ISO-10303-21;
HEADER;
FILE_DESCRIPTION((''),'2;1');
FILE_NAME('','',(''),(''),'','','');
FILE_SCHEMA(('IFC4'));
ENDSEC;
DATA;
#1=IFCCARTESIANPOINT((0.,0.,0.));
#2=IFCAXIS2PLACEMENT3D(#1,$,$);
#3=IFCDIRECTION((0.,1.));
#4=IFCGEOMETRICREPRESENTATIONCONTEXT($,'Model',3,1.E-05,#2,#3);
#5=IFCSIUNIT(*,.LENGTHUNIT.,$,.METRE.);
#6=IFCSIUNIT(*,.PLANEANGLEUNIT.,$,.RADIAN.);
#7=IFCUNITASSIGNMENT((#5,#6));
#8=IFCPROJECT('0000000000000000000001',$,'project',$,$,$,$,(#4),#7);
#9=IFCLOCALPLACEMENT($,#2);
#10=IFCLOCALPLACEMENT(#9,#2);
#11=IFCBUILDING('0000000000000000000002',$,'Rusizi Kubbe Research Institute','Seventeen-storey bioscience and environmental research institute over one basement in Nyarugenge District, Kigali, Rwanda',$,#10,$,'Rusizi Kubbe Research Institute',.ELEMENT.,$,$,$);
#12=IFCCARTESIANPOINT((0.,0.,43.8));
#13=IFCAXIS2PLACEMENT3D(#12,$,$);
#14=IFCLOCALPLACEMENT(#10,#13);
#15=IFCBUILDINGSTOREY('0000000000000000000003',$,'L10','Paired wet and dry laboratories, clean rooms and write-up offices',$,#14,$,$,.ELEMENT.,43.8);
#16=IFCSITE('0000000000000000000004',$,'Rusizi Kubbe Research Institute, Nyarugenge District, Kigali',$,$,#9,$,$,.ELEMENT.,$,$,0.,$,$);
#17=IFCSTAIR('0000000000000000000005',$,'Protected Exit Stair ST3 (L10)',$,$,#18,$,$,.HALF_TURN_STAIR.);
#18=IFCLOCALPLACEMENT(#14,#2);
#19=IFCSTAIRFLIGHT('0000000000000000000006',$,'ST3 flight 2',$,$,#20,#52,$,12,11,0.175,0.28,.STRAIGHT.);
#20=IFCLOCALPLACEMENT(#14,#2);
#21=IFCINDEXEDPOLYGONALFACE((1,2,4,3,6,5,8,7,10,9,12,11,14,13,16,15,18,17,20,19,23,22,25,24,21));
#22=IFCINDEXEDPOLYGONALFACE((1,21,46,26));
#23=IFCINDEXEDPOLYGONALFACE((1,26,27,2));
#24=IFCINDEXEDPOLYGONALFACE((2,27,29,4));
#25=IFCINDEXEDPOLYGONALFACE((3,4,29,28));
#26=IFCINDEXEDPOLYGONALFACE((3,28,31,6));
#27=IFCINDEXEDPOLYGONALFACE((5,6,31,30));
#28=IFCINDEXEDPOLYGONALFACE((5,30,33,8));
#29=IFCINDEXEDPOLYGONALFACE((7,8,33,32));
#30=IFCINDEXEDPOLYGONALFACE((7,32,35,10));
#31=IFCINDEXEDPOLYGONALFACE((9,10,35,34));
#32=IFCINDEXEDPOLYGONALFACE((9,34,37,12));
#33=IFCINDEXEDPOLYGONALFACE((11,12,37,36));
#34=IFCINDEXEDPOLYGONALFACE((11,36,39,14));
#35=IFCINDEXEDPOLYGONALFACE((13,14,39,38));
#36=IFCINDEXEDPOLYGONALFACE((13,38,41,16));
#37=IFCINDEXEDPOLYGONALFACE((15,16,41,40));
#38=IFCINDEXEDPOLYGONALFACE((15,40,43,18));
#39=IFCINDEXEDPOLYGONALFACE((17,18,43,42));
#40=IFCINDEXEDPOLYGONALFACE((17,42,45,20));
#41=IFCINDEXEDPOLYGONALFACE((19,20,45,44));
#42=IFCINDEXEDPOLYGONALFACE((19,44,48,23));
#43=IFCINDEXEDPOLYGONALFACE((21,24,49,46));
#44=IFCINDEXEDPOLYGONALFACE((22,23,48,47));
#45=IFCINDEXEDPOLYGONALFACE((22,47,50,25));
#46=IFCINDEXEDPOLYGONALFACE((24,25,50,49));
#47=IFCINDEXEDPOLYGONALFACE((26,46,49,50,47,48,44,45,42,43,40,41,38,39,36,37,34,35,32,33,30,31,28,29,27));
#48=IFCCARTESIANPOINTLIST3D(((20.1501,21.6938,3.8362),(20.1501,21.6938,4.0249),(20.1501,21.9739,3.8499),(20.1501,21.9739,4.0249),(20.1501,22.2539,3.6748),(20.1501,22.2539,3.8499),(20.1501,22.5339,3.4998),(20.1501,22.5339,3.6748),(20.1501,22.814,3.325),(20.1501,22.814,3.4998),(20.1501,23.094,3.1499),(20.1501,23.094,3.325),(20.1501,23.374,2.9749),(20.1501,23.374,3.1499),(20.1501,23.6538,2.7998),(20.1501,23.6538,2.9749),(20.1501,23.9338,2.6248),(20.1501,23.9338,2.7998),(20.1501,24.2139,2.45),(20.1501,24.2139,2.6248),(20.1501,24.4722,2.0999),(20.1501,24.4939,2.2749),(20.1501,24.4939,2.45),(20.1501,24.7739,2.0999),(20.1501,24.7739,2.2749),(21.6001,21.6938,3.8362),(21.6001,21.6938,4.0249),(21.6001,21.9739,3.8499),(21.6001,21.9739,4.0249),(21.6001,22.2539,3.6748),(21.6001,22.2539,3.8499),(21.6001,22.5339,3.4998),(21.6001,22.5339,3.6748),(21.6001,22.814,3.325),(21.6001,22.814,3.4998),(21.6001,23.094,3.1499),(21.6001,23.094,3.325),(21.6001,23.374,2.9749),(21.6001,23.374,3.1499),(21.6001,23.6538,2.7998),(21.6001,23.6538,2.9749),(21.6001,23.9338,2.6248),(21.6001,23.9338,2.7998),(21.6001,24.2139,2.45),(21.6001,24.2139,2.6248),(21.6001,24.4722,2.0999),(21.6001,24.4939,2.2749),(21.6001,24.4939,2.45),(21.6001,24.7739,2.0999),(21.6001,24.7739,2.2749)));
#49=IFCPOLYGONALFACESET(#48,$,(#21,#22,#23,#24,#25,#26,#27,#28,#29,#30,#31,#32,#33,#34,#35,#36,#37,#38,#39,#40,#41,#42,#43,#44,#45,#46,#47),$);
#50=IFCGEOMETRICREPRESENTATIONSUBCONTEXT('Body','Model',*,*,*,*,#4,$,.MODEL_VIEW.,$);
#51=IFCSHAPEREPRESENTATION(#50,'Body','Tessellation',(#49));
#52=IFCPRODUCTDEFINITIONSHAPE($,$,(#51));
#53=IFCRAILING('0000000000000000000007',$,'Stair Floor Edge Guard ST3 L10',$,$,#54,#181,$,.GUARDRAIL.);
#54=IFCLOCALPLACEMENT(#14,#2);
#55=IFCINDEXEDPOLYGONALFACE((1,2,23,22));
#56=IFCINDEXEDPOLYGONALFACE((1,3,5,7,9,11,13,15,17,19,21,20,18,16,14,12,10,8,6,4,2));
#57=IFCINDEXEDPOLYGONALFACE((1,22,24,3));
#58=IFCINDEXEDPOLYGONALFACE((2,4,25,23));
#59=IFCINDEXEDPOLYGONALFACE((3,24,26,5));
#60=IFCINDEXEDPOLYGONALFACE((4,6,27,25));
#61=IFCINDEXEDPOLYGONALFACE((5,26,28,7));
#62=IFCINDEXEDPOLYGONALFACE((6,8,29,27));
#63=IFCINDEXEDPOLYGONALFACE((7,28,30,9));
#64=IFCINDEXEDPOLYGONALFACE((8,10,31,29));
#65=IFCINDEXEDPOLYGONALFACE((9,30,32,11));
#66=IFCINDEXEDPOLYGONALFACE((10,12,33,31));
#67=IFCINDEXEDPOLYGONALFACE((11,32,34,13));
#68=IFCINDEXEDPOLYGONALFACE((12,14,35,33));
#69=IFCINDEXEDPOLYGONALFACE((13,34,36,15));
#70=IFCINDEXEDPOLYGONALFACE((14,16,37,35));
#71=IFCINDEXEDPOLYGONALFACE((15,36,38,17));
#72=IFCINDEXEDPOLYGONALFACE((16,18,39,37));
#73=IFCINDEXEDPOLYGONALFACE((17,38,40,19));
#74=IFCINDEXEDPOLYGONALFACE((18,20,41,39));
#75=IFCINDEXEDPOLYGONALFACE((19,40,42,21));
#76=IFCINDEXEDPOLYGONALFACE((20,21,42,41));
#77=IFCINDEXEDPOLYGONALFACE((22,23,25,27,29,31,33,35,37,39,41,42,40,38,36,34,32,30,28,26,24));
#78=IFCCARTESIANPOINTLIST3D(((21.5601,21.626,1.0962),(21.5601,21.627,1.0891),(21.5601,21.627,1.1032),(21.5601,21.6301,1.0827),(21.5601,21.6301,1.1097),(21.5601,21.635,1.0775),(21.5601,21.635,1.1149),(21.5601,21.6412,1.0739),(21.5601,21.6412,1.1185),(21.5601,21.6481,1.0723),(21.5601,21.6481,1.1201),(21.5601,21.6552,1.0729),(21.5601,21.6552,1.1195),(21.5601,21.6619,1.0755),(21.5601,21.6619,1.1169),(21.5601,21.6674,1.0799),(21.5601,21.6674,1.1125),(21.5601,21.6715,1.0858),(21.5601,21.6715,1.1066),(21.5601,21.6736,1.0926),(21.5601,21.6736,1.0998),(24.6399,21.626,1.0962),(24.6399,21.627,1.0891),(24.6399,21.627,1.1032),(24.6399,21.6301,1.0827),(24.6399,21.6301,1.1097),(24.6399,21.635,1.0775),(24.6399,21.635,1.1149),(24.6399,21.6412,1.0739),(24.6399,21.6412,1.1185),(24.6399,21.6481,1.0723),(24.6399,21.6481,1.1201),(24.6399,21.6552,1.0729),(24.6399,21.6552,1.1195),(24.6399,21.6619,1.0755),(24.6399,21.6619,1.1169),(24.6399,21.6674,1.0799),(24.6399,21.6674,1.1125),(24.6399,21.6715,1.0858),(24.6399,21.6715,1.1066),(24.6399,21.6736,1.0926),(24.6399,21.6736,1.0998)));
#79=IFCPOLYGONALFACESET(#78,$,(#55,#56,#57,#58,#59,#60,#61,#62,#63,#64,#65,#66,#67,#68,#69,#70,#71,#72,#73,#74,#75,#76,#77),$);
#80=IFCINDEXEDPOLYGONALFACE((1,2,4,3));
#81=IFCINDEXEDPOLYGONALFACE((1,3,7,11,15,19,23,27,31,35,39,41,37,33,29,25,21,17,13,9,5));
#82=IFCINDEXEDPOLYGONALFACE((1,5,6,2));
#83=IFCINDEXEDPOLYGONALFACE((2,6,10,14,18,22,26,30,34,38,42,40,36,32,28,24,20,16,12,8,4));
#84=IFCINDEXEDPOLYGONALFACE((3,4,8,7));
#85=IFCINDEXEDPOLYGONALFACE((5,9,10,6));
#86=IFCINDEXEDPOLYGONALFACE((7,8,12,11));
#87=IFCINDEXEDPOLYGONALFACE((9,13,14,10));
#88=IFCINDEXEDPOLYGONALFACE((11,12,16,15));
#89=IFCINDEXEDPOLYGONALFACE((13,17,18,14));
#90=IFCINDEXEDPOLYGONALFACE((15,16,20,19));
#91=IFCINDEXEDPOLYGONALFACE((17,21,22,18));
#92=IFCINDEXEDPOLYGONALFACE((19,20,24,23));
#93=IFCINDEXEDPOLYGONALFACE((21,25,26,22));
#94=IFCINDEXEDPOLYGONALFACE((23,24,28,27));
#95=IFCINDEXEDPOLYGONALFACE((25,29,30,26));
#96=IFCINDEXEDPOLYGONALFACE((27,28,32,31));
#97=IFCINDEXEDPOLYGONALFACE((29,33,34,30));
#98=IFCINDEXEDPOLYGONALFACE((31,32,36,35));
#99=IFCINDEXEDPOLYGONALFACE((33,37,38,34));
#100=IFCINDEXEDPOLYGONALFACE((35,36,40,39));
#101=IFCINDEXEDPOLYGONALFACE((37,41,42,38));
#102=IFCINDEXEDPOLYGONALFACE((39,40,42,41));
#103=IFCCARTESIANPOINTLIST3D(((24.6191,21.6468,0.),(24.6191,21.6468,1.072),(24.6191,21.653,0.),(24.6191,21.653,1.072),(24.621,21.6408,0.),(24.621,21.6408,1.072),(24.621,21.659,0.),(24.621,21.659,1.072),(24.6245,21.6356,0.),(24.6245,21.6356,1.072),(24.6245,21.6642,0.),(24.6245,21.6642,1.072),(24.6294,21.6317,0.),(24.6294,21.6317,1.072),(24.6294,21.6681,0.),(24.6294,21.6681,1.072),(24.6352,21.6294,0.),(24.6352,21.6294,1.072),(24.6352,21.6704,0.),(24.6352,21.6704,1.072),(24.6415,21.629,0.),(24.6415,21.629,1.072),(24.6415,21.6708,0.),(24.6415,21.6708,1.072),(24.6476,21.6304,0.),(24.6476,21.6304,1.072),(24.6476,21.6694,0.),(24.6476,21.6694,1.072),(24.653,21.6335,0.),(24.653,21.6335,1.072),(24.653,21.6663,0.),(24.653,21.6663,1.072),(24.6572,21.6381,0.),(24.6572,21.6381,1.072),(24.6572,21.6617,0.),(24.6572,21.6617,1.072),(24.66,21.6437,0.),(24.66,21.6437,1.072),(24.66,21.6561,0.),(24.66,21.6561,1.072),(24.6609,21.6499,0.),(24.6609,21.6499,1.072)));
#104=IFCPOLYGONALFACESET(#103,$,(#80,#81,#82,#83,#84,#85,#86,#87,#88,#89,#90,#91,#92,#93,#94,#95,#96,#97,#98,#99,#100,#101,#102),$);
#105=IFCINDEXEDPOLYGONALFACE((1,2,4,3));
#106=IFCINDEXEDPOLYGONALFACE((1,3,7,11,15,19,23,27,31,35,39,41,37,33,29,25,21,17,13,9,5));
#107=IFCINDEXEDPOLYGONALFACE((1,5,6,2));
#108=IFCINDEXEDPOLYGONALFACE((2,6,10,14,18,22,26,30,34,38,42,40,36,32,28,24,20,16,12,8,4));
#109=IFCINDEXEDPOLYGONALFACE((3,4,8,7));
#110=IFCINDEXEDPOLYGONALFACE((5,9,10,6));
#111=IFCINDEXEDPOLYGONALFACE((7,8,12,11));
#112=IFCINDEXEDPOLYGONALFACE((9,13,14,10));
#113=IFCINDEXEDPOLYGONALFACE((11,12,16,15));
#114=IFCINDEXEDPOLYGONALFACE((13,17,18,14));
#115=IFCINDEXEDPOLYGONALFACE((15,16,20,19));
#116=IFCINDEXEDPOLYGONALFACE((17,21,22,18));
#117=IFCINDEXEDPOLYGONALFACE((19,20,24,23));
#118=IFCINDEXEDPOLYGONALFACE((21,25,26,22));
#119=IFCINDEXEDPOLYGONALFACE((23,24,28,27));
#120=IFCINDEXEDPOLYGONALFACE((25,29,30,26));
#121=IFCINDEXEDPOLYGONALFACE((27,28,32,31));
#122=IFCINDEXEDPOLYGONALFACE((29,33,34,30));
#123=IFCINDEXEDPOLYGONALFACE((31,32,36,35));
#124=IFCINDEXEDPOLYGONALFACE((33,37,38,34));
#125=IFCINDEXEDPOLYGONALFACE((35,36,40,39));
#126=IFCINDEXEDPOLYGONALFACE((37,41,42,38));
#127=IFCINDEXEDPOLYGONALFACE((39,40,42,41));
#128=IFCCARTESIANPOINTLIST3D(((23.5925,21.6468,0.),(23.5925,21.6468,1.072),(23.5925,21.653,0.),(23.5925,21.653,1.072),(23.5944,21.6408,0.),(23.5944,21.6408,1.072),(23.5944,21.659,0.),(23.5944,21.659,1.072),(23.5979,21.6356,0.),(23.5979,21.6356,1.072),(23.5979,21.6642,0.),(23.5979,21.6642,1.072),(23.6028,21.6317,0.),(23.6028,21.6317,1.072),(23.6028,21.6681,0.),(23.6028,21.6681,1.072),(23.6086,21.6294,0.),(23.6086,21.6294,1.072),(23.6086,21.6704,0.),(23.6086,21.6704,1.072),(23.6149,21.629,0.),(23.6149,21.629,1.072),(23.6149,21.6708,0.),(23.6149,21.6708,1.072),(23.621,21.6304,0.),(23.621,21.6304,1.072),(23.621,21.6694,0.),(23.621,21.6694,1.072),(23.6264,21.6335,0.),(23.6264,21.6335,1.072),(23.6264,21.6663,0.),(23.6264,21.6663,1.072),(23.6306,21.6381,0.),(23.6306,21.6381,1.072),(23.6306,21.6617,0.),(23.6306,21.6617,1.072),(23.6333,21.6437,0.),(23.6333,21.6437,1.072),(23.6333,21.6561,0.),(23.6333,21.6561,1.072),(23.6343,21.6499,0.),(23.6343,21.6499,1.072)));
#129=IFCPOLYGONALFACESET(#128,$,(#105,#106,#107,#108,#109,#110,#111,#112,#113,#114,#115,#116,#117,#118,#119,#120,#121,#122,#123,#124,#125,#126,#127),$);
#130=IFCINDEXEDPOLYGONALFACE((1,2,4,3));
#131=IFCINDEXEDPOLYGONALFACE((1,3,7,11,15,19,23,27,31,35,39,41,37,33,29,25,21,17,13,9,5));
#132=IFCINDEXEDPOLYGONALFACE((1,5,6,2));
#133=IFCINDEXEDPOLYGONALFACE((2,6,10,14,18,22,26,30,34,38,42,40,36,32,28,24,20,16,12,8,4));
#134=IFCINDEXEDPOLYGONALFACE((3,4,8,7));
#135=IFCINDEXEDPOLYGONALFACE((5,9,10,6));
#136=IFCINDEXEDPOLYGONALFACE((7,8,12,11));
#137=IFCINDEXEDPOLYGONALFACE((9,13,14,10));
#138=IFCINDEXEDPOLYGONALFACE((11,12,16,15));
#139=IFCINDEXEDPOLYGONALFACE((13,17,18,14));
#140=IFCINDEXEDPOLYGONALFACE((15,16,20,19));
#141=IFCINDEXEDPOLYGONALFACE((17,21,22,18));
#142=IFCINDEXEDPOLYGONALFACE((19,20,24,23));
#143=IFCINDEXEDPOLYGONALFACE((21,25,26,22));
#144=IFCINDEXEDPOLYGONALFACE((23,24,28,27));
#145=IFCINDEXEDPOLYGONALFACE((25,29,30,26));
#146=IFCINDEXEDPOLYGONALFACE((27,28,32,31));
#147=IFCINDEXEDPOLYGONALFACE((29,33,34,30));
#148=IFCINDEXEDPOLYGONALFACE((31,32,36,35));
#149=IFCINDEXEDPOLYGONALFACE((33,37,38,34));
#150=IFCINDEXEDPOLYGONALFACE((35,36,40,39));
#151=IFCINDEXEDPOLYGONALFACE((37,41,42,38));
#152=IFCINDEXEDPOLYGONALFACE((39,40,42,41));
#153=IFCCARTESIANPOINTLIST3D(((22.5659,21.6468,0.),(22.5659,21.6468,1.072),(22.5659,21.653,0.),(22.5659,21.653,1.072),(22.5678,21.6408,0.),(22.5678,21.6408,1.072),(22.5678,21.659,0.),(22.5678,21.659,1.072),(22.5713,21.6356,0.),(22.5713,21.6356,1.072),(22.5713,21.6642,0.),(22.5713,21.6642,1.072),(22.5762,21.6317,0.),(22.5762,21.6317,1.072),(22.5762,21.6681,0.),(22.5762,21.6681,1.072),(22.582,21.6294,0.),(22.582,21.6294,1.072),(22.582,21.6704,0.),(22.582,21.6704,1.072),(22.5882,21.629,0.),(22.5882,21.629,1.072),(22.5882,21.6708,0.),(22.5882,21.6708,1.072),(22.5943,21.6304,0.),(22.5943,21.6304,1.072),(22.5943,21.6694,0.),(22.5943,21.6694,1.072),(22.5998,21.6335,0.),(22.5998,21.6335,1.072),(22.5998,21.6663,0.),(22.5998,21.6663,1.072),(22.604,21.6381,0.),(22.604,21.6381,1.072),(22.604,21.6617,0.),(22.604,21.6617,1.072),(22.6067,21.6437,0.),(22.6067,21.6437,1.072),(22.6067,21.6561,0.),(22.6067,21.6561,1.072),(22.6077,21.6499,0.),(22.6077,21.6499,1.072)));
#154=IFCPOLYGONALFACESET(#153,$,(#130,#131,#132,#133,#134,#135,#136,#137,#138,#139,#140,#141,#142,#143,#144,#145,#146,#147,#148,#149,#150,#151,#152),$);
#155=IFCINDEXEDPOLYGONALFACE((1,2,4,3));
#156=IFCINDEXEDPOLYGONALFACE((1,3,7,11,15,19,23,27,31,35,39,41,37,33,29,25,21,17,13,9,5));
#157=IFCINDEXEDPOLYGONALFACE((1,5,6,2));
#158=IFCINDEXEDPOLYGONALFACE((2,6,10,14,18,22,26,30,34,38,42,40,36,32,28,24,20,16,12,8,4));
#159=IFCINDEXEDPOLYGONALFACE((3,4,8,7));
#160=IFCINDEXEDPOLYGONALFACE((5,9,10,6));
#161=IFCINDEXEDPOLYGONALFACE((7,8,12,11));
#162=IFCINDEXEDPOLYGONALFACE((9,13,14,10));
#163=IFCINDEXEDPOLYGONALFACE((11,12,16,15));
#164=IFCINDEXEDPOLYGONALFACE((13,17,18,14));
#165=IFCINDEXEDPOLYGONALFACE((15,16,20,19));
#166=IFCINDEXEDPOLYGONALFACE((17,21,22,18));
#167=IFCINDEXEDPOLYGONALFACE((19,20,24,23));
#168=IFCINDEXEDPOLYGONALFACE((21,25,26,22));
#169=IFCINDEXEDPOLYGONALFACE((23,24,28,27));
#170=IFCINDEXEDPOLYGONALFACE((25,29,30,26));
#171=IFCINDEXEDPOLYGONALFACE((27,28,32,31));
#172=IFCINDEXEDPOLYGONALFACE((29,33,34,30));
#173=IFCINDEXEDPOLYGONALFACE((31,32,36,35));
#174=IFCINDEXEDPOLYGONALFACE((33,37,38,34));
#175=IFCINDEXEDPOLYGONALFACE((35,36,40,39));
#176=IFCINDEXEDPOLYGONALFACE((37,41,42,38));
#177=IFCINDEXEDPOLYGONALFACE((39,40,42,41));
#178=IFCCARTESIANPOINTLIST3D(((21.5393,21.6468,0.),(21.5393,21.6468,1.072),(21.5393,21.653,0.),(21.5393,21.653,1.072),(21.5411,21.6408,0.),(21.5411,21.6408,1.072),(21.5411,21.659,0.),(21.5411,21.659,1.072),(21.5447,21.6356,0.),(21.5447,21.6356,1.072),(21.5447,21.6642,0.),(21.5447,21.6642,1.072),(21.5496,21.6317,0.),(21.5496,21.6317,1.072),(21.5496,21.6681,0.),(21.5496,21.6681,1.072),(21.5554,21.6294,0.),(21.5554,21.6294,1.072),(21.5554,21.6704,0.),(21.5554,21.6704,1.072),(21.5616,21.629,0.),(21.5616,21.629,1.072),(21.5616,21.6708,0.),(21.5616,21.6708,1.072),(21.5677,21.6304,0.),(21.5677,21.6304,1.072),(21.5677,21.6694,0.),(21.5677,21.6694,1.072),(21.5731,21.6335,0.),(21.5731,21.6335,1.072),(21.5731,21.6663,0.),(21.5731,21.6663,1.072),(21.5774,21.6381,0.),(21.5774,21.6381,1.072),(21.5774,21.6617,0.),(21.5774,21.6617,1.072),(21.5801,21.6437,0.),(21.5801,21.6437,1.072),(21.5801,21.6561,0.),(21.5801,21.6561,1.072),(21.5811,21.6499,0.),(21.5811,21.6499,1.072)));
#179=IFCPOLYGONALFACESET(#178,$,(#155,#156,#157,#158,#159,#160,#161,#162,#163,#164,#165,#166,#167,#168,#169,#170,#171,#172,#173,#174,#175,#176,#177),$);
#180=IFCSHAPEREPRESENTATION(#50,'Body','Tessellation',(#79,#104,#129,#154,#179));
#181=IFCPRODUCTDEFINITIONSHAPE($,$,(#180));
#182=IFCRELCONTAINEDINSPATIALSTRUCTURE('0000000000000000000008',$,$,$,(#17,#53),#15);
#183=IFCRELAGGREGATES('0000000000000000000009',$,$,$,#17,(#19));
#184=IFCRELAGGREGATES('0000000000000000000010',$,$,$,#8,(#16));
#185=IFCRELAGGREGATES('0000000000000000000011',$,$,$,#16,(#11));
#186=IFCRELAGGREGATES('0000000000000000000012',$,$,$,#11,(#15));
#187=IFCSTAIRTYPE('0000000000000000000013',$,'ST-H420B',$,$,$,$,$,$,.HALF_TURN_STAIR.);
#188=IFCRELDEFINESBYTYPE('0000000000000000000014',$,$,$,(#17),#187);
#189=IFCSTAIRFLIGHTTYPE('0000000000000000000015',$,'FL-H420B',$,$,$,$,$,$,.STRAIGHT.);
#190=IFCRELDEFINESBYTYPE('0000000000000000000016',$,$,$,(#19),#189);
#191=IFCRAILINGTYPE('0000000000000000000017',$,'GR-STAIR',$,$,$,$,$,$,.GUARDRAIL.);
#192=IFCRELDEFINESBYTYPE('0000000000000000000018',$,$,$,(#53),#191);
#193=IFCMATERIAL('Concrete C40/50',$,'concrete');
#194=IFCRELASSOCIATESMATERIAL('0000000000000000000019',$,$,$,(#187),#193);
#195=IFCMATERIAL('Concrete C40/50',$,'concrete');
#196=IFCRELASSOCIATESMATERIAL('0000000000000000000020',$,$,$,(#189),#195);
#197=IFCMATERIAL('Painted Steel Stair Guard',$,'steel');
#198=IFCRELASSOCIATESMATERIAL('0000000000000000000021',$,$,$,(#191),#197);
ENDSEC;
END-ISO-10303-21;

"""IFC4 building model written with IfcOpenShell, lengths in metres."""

from ifc_helpers import new_model, si_unit, direction, frame, origin, origin_2d, place, context, subcontext, project, spatial, polyline, circle, outline, extrude, material, type_object, element, aggregate, save


model = new_model("IFC4")

# Units and contexts
model_context = context("Model", 3, precision=1e-05, world=origin(), true_north=direction((0.0, 1.0)))
body_context = subcontext(model_context, "Body", "Model", "MODEL_VIEW")
ifc_project = project(units=[si_unit("LENGTHUNIT", "METRE"), si_unit("PLANEANGLEUNIT", "RADIAN")], contexts=[model_context])

# Site, building, storey
site_placement = place(None, origin())
site = spatial("IfcSite", under=ifc_project, at=site_placement, Name="Rusizi Kubbe Research Institute, Nyarugenge District, Kigali", CompositionType="ELEMENT", RefElevation=0.0)
building_placement = place(site_placement, origin())
building = spatial("IfcBuilding", under=site, at=building_placement, Name="Rusizi Kubbe Research Institute", Description="Seventeen-storey bioscience and environmental research institute over one basement in Nyarugenge District, Kigali, Rwanda", LongName="Rusizi Kubbe Research Institute", CompositionType="ELEMENT")
storey_placement = place(building_placement, frame((0.0, 0.0, 43.8)))
storey = spatial("IfcBuildingStorey", under=building, at=storey_placement, Name="L10", Description="Paired wet and dry laboratories, clean rooms and write-up offices", CompositionType="ELEMENT", Elevation=43.8)

# Stair, stair flight
ifc_material_1 = material(Name="Concrete C40/50", Category="concrete")
stair_type = type_object("IfcStairType", Name="ST-H420B", PredefinedType="HALF_TURN_STAIR", material=ifc_material_1)
stair_placement = place(storey_placement, origin())
stair = element("IfcStair", 1, at=stair_placement, inside=storey, type_object=stair_type, Name="Protected Exit Stair ST3 (L10)", PredefinedType="HALF_TURN_STAIR")
ifc_material_2 = material(Name="Concrete C40/50", Category="concrete")
stair_flight_type = type_object("IfcStairFlightType", Name="FL-H420B", PredefinedType="STRAIGHT", material=ifc_material_2)
stair_flight_1_placement = place(storey_placement, frame((20.875, 24.7739, 2.0999), z_axis=(0.0, 0.0, 1.0), x_axis=(0.0, -1.0, 0.0)))
stair_flight_1 = element("IfcStairFlight", 2, at=stair_flight_1_placement, type_object=stair_flight_type, Name="ST3 flight 2", NumberOfRisers=12, NumberOfTreads=11, PredefinedType="STRAIGHT", RiserHeight=0.175, TreadLength=0.28, context=body_context, shape_type="SweptSolid", body=[
    extrude(outline(polyline([(0.0, 0.0), (0.0, 0.175), (0.28, 0.175), (0.28, 0.3501), (0.5601, 0.3501), (0.5601, 0.5249), (0.8401, 0.5249), (0.8401, 0.7), (1.1201, 0.7), (1.1201, 0.875), (1.3999, 0.875), (1.3999, 1.05), (1.6799, 1.05), (1.6799, 1.2251), (1.96, 1.2251), (1.96, 1.3999), (2.24, 1.3999), (2.24, 1.575), (2.52, 1.575), (2.52, 1.75), (2.8, 1.75), (2.8, 1.925), (3.0801, 1.925), (3.0801, 2.1001), (3.0801, 1.7363), (0.3018, 0.0), (0.0, 0.0)])), frame((0.0, 0.7251, 0.0), z_axis=(0.0, -1.0, 0.0), x_axis=(1.0, 0.0, 0.0)), (0.0, 0.0, 1.0), 1.45),
])
aggregate(stair, [stair_flight_1])

# Railing
ifc_material_3 = material(Name="Painted Steel Stair Guard", Category="steel")
railing_type_1 = type_object("IfcRailingType", Name="GR-STAIR", PredefinedType="GUARDRAIL", material=ifc_material_3)
railing_1_placement = place(storey_placement, frame((24.6399, 21.6499, 0.0)))
element("IfcRailing", 3, at=railing_1_placement, inside=storey, type_object=railing_type_1, Name="Stair Floor Edge Guard ST3 L10", PredefinedType="GUARDRAIL", context=body_context, shape_type="SweptSolid", body=[
    extrude(circle(Radius=0.0239, at=origin_2d()), frame((0.0, 0.0, 1.0962), z_axis=(-1.0, 0.0, 0.0), x_axis=(0.0, -1.0, 0.0)), (0.0, 0.0, 1.0), 3.0798),
    extrude(circle(Radius=0.021, at=origin_2d()), origin(), (0.0, 0.0, 1.0), 1.072),
    extrude(circle(Radius=0.021, at=origin_2d()), frame((-1.0266, 0.0, 0.0)), (0.0, 0.0, 1.0), 1.072),
    extrude(circle(Radius=0.021, at=origin_2d()), frame((-2.0532, 0.0, 0.0)), (0.0, 0.0, 1.0), 1.072),
    extrude(circle(Radius=0.021, at=origin_2d()), frame((-3.0798, 0.0, 0.0)), (0.0, 0.0, 1.0), 1.072),
])

save(model, "model.ifc")
